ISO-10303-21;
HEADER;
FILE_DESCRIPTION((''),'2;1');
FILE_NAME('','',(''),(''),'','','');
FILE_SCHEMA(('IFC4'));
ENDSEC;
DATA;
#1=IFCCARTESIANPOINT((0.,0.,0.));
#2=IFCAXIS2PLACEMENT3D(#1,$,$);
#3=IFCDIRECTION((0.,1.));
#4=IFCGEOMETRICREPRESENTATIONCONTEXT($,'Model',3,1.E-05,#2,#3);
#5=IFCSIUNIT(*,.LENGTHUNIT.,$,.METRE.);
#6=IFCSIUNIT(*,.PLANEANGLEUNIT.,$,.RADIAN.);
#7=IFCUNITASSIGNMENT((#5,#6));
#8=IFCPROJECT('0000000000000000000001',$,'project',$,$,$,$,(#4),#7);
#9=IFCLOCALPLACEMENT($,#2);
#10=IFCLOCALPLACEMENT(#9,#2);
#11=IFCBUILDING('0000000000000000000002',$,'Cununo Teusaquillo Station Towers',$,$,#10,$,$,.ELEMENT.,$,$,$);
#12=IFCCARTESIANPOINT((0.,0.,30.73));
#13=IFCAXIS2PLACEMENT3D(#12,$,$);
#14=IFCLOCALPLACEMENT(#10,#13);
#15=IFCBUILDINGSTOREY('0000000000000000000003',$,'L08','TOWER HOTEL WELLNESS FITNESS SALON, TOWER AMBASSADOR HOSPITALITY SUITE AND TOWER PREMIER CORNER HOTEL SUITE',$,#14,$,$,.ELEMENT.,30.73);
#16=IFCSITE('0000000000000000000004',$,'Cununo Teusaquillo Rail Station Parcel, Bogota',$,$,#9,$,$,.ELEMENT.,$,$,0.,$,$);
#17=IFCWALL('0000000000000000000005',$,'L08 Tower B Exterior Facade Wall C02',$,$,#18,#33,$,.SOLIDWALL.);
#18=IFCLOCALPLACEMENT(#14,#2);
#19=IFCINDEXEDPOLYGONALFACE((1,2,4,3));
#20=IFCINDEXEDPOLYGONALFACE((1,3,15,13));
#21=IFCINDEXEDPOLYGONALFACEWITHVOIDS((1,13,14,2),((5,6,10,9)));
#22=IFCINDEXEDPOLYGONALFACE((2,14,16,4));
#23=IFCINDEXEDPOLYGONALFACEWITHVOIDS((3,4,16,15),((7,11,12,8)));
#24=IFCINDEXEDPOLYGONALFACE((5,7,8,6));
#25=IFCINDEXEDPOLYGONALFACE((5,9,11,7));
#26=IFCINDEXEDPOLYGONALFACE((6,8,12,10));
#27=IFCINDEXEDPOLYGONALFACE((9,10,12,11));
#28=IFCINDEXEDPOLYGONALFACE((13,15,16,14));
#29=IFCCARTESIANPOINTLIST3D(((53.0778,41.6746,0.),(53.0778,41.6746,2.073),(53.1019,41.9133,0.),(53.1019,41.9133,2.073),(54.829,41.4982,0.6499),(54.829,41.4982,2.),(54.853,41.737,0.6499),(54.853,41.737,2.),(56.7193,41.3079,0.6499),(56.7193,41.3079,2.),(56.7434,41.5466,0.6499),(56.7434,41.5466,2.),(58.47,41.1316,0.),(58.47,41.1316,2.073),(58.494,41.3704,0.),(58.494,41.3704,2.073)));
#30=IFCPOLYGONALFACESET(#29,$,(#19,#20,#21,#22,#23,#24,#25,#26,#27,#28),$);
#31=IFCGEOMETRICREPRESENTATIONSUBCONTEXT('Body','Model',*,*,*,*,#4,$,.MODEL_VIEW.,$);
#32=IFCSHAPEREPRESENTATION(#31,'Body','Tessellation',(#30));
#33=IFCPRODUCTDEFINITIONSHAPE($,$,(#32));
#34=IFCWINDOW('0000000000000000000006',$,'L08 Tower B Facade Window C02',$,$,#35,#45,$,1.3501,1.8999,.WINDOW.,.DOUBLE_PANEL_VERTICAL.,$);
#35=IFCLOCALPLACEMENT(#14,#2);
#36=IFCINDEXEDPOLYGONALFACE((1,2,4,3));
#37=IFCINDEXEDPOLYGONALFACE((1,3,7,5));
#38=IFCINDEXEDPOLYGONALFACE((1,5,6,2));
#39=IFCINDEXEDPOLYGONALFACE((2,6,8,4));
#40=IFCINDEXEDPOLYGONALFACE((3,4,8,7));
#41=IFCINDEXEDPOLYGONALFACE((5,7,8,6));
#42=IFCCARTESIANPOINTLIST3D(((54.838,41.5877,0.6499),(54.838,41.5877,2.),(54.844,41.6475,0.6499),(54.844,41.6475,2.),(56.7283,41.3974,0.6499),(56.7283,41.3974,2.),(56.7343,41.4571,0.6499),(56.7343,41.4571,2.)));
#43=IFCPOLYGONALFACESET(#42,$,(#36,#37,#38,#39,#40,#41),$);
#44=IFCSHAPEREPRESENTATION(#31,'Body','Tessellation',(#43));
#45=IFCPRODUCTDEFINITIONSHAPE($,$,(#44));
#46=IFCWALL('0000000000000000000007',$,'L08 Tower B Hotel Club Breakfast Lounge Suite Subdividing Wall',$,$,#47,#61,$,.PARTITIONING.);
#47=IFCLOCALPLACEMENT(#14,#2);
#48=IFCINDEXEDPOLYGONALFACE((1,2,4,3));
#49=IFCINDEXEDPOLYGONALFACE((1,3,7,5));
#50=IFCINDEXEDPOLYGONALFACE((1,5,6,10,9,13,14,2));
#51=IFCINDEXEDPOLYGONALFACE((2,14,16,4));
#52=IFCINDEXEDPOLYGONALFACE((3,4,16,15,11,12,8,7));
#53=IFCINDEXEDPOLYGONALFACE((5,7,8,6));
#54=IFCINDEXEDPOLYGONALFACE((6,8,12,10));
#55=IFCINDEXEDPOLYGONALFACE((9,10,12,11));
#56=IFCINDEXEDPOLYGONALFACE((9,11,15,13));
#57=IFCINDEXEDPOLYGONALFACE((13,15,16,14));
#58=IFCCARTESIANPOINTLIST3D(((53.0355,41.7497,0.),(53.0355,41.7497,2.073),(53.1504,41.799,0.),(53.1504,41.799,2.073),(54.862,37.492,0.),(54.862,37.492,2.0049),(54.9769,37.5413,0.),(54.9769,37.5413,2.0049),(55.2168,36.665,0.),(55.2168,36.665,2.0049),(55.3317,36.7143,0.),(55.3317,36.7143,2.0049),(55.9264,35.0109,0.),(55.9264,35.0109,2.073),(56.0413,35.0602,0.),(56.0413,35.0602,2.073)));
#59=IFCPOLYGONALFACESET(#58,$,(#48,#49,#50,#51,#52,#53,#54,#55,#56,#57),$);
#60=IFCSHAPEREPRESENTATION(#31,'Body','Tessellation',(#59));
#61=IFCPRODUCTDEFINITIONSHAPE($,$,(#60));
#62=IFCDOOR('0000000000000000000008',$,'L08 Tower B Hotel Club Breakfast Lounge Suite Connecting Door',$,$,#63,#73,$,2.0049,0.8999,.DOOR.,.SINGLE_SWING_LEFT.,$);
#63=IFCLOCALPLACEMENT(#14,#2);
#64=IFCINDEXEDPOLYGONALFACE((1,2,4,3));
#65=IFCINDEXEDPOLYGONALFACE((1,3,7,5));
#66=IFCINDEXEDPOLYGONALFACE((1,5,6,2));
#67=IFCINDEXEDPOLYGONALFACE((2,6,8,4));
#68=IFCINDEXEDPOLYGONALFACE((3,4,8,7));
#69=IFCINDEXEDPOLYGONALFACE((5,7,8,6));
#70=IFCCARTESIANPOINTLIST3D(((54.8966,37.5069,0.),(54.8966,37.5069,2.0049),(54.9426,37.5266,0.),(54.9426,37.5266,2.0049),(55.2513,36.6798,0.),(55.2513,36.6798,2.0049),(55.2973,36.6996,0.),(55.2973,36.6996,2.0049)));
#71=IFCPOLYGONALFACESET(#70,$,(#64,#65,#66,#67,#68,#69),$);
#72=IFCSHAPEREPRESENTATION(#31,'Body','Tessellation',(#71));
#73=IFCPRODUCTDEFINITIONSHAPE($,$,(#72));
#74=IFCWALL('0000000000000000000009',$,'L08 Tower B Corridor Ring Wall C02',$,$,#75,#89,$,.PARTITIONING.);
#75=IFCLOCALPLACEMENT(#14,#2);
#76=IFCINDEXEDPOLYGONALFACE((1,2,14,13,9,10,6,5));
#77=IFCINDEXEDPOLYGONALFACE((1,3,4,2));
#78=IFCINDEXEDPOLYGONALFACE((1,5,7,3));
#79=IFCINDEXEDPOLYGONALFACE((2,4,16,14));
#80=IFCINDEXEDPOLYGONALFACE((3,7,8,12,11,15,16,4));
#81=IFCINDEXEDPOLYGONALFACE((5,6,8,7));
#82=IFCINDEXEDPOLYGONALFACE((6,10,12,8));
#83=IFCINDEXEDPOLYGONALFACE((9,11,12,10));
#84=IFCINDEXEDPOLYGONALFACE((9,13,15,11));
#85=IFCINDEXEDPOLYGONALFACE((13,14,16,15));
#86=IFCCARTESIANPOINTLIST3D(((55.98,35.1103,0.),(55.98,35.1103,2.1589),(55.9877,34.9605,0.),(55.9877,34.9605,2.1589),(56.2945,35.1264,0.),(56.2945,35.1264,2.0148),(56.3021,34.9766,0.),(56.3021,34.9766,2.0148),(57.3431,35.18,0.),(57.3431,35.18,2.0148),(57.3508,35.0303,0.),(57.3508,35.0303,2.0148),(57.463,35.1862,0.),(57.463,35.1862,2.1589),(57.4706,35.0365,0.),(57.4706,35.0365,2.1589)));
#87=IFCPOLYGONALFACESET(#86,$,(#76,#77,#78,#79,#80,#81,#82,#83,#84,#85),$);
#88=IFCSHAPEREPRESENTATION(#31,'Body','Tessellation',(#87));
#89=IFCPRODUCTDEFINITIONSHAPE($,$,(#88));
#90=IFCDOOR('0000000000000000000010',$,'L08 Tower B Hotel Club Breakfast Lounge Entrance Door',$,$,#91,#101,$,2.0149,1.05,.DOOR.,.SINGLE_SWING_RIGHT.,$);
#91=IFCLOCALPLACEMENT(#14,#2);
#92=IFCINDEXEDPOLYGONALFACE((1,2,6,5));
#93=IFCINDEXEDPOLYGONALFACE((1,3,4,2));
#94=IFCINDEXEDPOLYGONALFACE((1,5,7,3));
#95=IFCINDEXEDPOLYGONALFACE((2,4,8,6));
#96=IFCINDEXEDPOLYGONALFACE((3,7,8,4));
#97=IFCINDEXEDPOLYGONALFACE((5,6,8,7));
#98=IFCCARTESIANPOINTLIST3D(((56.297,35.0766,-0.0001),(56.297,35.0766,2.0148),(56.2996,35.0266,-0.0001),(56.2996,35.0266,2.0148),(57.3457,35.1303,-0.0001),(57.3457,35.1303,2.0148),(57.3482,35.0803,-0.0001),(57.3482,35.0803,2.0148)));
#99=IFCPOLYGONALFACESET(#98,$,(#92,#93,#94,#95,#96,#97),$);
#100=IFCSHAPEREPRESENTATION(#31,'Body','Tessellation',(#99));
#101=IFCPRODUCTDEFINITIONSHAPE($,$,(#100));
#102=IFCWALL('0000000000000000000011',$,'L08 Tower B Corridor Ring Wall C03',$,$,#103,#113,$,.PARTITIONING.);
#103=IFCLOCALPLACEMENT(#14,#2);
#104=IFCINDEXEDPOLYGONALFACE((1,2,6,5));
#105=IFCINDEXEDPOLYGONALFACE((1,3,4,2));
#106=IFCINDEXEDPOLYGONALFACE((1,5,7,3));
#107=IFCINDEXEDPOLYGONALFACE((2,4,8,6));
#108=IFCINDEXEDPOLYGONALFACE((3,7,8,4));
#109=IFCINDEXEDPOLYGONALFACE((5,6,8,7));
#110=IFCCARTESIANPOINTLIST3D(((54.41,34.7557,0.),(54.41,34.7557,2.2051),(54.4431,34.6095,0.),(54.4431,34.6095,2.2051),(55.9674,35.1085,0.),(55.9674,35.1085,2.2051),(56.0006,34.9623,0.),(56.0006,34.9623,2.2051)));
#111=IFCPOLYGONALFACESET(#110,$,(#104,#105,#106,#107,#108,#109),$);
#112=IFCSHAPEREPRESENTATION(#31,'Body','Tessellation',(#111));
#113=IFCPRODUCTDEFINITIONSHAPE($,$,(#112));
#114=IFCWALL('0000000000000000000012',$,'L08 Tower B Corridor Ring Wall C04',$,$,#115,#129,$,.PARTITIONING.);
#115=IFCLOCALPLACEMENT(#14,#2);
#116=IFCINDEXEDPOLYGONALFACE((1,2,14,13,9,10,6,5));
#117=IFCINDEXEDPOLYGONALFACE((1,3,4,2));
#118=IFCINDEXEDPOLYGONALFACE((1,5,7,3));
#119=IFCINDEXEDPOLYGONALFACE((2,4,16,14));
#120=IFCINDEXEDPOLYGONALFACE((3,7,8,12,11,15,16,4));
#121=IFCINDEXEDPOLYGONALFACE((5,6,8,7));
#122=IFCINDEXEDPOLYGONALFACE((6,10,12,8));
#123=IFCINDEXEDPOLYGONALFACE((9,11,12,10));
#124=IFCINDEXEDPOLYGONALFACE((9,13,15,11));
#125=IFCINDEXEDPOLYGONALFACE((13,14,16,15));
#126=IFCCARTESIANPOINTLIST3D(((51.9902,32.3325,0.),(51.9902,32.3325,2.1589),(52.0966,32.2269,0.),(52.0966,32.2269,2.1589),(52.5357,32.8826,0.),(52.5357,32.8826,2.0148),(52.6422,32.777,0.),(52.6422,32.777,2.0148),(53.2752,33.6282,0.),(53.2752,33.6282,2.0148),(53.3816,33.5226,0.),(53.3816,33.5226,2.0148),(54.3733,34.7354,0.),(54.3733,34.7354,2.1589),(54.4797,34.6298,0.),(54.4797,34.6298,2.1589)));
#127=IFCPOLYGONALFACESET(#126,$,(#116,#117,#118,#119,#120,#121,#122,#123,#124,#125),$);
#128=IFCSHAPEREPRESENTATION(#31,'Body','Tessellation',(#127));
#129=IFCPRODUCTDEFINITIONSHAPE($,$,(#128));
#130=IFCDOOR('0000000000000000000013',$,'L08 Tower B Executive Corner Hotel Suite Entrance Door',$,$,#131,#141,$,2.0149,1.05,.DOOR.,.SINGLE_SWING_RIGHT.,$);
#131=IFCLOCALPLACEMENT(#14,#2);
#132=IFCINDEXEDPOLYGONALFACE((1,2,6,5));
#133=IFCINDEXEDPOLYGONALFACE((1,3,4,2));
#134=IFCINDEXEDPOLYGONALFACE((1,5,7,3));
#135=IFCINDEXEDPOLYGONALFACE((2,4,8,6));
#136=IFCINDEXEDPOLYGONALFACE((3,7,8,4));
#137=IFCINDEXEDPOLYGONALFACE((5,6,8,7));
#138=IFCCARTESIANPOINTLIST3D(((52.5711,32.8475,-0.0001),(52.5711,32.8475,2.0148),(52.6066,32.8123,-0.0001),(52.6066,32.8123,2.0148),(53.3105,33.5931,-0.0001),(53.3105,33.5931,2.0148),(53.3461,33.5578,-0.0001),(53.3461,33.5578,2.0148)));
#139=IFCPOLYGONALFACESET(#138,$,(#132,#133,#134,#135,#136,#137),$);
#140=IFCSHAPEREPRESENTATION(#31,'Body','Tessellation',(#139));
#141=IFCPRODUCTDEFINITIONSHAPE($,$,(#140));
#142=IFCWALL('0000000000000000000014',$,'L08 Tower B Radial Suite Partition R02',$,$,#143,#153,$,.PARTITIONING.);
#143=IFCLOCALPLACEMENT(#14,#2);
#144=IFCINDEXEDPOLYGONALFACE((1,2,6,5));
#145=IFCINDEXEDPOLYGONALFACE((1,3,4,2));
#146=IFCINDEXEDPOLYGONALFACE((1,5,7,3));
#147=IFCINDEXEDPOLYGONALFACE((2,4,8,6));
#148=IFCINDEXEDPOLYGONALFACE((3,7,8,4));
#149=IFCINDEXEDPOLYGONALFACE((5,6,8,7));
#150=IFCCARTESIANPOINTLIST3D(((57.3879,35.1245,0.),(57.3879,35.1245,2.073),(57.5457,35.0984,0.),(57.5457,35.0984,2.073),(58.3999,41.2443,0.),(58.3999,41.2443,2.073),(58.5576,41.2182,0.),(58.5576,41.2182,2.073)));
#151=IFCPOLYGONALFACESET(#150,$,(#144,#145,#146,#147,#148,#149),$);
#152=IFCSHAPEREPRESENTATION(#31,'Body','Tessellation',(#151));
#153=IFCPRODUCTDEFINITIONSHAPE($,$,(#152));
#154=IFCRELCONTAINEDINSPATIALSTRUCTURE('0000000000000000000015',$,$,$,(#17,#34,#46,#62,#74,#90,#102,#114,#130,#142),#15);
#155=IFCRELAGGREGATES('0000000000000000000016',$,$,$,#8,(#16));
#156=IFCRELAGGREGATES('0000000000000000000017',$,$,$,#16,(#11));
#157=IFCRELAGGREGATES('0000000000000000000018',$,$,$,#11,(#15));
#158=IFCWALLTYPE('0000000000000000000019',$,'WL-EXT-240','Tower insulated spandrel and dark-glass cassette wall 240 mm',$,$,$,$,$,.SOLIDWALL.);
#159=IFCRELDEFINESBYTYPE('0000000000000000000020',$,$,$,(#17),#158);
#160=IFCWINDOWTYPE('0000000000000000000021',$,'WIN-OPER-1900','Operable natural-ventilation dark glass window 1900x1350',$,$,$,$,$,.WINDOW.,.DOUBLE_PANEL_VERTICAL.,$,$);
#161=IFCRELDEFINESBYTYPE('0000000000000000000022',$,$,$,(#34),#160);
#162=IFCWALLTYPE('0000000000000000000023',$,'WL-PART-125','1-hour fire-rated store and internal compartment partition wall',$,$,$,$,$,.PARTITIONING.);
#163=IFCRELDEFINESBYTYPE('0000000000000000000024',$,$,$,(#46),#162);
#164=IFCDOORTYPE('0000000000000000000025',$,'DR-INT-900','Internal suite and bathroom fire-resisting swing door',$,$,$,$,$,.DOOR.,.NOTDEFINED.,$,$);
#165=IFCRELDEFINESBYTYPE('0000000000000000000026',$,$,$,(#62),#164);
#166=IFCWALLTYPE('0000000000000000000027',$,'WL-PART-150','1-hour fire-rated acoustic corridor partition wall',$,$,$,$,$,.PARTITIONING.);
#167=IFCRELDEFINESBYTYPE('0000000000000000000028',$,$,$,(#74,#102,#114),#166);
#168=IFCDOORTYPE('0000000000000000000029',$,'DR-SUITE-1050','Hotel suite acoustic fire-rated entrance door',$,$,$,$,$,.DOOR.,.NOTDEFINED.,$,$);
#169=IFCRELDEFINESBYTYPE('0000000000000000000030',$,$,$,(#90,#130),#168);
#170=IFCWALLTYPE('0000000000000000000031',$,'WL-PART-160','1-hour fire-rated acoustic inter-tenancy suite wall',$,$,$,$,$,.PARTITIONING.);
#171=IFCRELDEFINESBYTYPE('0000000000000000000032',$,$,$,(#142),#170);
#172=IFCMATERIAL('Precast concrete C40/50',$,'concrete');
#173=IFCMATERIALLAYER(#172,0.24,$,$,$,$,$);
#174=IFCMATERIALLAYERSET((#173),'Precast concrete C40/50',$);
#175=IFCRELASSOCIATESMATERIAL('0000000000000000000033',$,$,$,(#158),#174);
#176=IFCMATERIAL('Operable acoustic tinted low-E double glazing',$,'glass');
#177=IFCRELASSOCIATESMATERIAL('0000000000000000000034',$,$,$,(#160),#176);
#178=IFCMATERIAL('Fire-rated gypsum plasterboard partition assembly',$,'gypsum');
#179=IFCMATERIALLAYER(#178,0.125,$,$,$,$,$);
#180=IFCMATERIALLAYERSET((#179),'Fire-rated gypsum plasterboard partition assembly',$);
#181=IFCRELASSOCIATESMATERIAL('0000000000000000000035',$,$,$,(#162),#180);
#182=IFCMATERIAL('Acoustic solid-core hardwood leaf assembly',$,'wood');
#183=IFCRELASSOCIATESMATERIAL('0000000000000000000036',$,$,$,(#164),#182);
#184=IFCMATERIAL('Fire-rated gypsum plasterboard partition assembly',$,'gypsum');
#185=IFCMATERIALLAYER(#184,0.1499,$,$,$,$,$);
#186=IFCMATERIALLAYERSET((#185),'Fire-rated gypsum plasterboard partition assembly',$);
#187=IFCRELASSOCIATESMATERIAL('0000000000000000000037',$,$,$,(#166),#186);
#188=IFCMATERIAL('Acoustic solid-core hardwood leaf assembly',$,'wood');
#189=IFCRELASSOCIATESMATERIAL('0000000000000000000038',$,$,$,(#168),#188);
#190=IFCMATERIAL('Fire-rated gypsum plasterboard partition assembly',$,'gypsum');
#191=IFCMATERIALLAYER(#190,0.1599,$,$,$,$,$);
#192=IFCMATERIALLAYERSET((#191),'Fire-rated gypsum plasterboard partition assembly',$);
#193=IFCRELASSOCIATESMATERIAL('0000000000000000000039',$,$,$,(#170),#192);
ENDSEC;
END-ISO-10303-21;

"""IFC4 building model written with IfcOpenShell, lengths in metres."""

from ifc_helpers import new_model, si_unit, direction, frame, frame_2d, origin, place, context, subcontext, project, spatial, rectangle, extrude, source, transform, mapped, material, layer, layer_set, type_object, element, fill, save


model = new_model("IFC4")

# Units and contexts
model_context = context("Model", 3, precision=1e-05, world=origin(), true_north=direction((0.0, 1.0)))
body_context = subcontext(model_context, "Body", "Model", "MODEL_VIEW")
ifc_project = project(units=[si_unit("LENGTHUNIT", "METRE"), si_unit("PLANEANGLEUNIT", "RADIAN")], contexts=[model_context])

# Site, building, storey
site_placement = place(None, origin())
site = spatial("IfcSite", under=ifc_project, at=site_placement, Name="Cununo Teusaquillo Rail Station Parcel, Bogota", CompositionType="ELEMENT", RefElevation=0.0)
building_placement = place(site_placement, origin())
building = spatial("IfcBuilding", under=site, at=building_placement, Name="Cununo Teusaquillo Station Towers", CompositionType="ELEMENT")
storey_placement = place(building_placement, frame((0.0, 0.0, 30.73)))
storey = spatial("IfcBuildingStorey", under=building, at=storey_placement, Name="L08", Description="TOWER HOTEL WELLNESS FITNESS SALON, TOWER AMBASSADOR HOSPITALITY SUITE AND TOWER PREMIER CORNER HOTEL SUITE", CompositionType="ELEMENT", Elevation=30.73)

# Shared definitions
ifc_material_1 = material(Name="Precast concrete C40/50", Category="concrete")
ifc_layer_1 = layer(ifc_material_1, 0.24)
ifc_layer_set_1 = layer_set([ifc_layer_1], Name="Precast concrete C40/50")
wall_type_1 = type_object("IfcWallType", Name="WL-EXT-240", Description="Tower insulated spandrel and dark-glass cassette wall 240 mm", PredefinedType="SOLIDWALL", material=ifc_layer_set_1)

# Wall, opening, window
wall_1_placement = place(storey_placement, frame((53.0898, 41.7939, 0.0), z_axis=(0.0, 0.0, 1.0), x_axis=(0.994968, -0.100191, 0.0)))
wall_1 = element("IfcWall", 1, at=wall_1_placement, inside=storey, type_object=wall_type_1, Name="L08 Tower B Exterior Facade Wall C02", PredefinedType="SOLIDWALL", context=body_context, shape_type="SweptSolid", body=[
    extrude(rectangle(XDim=5.4194, YDim=0.24, at=frame_2d((2.7097, 0.0))), origin(), (0.0, 0.0, 1.0), 2.073),
])
shared_shape_1 = source(origin(), body_context, "Body", "SweptSolid", [
    extrude(rectangle(XDim=1.8999, YDim=1.3501, at=frame_2d((0.95, 0.675))), frame((0.0, 0.1299, 0.0), z_axis=(0.0, -1.0, 0.0), x_axis=(1.0, 0.0, 0.0)), (0.0, 0.0, 1.0), 0.26),
])
opening_1_placement = place(wall_1_placement, frame((1.76, 0.0, 0.6499)))
opening_1 = element("IfcOpeningElement", 2, at=opening_1_placement, cuts=wall_1, PredefinedType="OPENING", context=body_context, shape_type="MappedRepresentation", body=[
    mapped(shared_shape_1, transform((0.0, 0.0, 0.0), x_axis=(1.0, 0.0, 0.0), y_axis=(0.0, 1.0, 0.0), z_axis=(0.0, 0.0, 1.0), scale=1.0)),
])
ifc_material_2 = material(Name="Operable acoustic tinted low-E double glazing", Category="glass")
window_type = type_object("IfcWindowType", Name="WIN-OPER-1900", Description="Operable natural-ventilation dark glass window 1900x1350", PartitioningType="DOUBLE_PANEL_VERTICAL", PredefinedType="WINDOW", material=ifc_material_2)
shared_shape_2 = source(origin(), body_context, "Body", "SweptSolid", [
    extrude(rectangle(XDim=1.8999, YDim=1.3501, at=frame_2d((0.95, 0.675))), frame((0.0, 0.03, 0.0), z_axis=(0.0, -1.0, 0.0), x_axis=(1.0, 0.0, 0.0)), (0.0, 0.0, 1.0), 0.0601),
])
window_placement = place(opening_1_placement, origin())
window = element("IfcWindow", 3, at=window_placement, inside=storey, type_object=window_type, Name="L08 Tower B Facade Window C02", OverallHeight=1.3501, OverallWidth=1.8999, PartitioningType="DOUBLE_PANEL_VERTICAL", PredefinedType="WINDOW", context=body_context, shape_type="MappedRepresentation", body=[
    mapped(shared_shape_2, transform((0.0, 0.0, 0.0), x_axis=(1.0, 0.0, 0.0), y_axis=(0.0, 1.0, 0.0), z_axis=(0.0, 0.0, 1.0), scale=1.0)),
])
fill(opening_1, window)

# Walls, openings, doors
ifc_material_3 = material(Name="Fire-rated gypsum plasterboard partition assembly", Category="gypsum")
ifc_layer_2 = layer(ifc_material_3, 0.125)
ifc_layer_set_2 = layer_set([ifc_layer_2], Name="Fire-rated gypsum plasterboard partition assembly")
wall_type_2 = type_object("IfcWallType", Name="WL-PART-125", Description="1-hour fire-rated store and internal compartment partition wall", PredefinedType="PARTITIONING", material=ifc_layer_set_2)
wall_2_placement = place(storey_placement, frame((55.9839, 35.0354, 0.0), z_axis=(0.0, 0.0, 1.0), x_axis=(-0.394245, 0.919005, 0.0)))
wall_2 = element("IfcWall", 4, at=wall_2_placement, inside=storey, type_object=wall_type_2, Name="L08 Tower B Hotel Club Breakfast Lounge Suite Subdividing Wall", PredefinedType="PARTITIONING", context=body_context, shape_type="SweptSolid", body=[
    extrude(rectangle(XDim=7.3328, YDim=0.125, at=frame_2d((3.6665, 0.0))), origin(), (0.0, 0.0, 1.0), 2.073),
])
shared_shape_3 = source(origin(), body_context, "Body", "SweptSolid", [
    extrude(rectangle(XDim=0.8999, YDim=2.0049, at=frame_2d((0.45, 1.0024))), frame((0.0, 0.0725, 0.0), z_axis=(0.0, -1.0, 0.0), x_axis=(1.0, 0.0, 0.0)), (0.0, 0.0, 1.0), 0.145),
])
opening_2_placement = place(wall_2_placement, frame((1.8, 0.0, 0.0)))
opening_2 = element("IfcOpeningElement", 5, at=opening_2_placement, cuts=wall_2, PredefinedType="OPENING", context=body_context, shape_type="MappedRepresentation", body=[
    mapped(shared_shape_3, transform((0.0, 0.0, 0.0), x_axis=(1.0, 0.0, 0.0), y_axis=(0.0, 1.0, 0.0), z_axis=(0.0, 0.0, 1.0), scale=1.0)),
])
ifc_material_4 = material(Name="Acoustic solid-core hardwood leaf assembly", Category="wood")
door_type_1 = type_object("IfcDoorType", Name="DR-INT-900", Description="Internal suite and bathroom fire-resisting swing door", OperationType="NOTDEFINED", PredefinedType="DOOR", material=ifc_material_4)
shared_shape_4 = source(origin(), body_context, "Body", "SweptSolid", [
    extrude(rectangle(XDim=0.8999, YDim=2.0049, at=frame_2d((0.45, 1.0024))), frame((0.0, 0.0249, 0.0), z_axis=(0.0, -1.0, 0.0), x_axis=(1.0, 0.0, 0.0)), (0.0, 0.0, 1.0), 0.05),
])
door_1_placement = place(opening_2_placement, origin())
door_1 = element("IfcDoor", 6, at=door_1_placement, inside=storey, type_object=door_type_1, Name="L08 Tower B Hotel Club Breakfast Lounge Suite Connecting Door", OperationType="SINGLE_SWING_LEFT", OverallHeight=2.0049, OverallWidth=0.8999, PredefinedType="DOOR", context=body_context, shape_type="MappedRepresentation", body=[
    mapped(shared_shape_4, transform((0.0, 0.0, 0.0), x_axis=(1.0, 0.0, 0.0), y_axis=(0.0, 1.0, 0.0), z_axis=(0.0, 0.0, 1.0), scale=1.0)),
])
fill(opening_2, door_1)
ifc_material_5 = material(Name="Fire-rated gypsum plasterboard partition assembly", Category="gypsum")
ifc_layer_3 = layer(ifc_material_5, 0.1499)
ifc_layer_set_3 = layer_set([ifc_layer_3], Name="Fire-rated gypsum plasterboard partition assembly")
wall_type_3 = type_object("IfcWallType", Name="WL-PART-150", Description="1-hour fire-rated acoustic corridor partition wall", PredefinedType="PARTITIONING", material=ifc_layer_set_3)
wall_3_placement = place(storey_placement, frame((57.4668, 35.1113, 0.0), z_axis=(0.0, 0.0, 1.0), x_axis=(-0.998692, -0.051135, 0.0)))
wall_3 = element("IfcWall", 7, at=wall_3_placement, inside=storey, type_object=wall_type_3, Name="L08 Tower B Corridor Ring Wall C02", PredefinedType="PARTITIONING", context=body_context, shape_type="SweptSolid", body=[
    extrude(rectangle(XDim=1.4849, YDim=0.1499, at=frame_2d((0.7424, 0.0))), origin(), (0.0, 0.0, 1.0), 2.1589),
])
shared_shape_5 = source(origin(), body_context, "Body", "SweptSolid", [
    extrude(rectangle(XDim=1.05, YDim=2.0149, at=frame_2d((0.5249, 1.0073))), frame((0.0, 0.085, 0.0), z_axis=(0.0, -1.0, 0.0), x_axis=(1.0, 0.0, 0.0)), (0.0, 0.0, 1.0), 0.1699),
])
opening_3_placement = place(wall_3_placement, frame((0.1201, 0.0, 0.0)))
opening_3 = element("IfcOpeningElement", 8, at=opening_3_placement, cuts=wall_3, PredefinedType="OPENING", context=body_context, shape_type="MappedRepresentation", body=[
    mapped(shared_shape_5, transform((0.0, 0.0, 0.0), x_axis=(1.0, 0.0, 0.0), y_axis=(0.0, 1.0, 0.0), z_axis=(0.0, 0.0, 1.0), scale=1.0)),
])
ifc_material_6 = material(Name="Acoustic solid-core hardwood leaf assembly", Category="wood")
door_type_2 = type_object("IfcDoorType", Name="DR-SUITE-1050", Description="Hotel suite acoustic fire-rated entrance door", OperationType="NOTDEFINED", PredefinedType="DOOR", material=ifc_material_6)
shared_shape_6 = source(origin(), body_context, "Body", "SweptSolid", [
    extrude(rectangle(XDim=1.05, YDim=2.0149, at=frame_2d((0.5249, 1.0073))), frame((0.0, 0.0249, 0.0), z_axis=(0.0, -1.0, 0.0), x_axis=(1.0, 0.0, 0.0)), (0.0, 0.0, 1.0), 0.05),
])
door_2_placement = place(opening_3_placement, origin())
door_2 = element("IfcDoor", 9, at=door_2_placement, inside=storey, type_object=door_type_2, Name="L08 Tower B Hotel Club Breakfast Lounge Entrance Door", OperationType="SINGLE_SWING_RIGHT", OverallHeight=2.0149, OverallWidth=1.05, PredefinedType="DOOR", context=body_context, shape_type="MappedRepresentation", body=[
    mapped(shared_shape_6, transform((0.0, 0.0, 0.0), x_axis=(1.0, 0.0, 0.0), y_axis=(0.0, 1.0, 0.0), z_axis=(0.0, 0.0, 1.0), scale=1.0)),
])
fill(opening_3, door_2)

# Wall
wall_4_placement = place(storey_placement, frame((55.9839, 35.0354, 0.0), z_axis=(0.0, 0.0, 1.0), x_axis=(-0.97529, -0.220927, 0.0)))
element("IfcWall", 10, at=wall_4_placement, inside=storey, type_object=wall_type_3, Name="L08 Tower B Corridor Ring Wall C03", PredefinedType="PARTITIONING", context=body_context, shape_type="SweptSolid", body=[
    extrude(rectangle(XDim=1.5969, YDim=0.1499, at=frame_2d((0.7983, 0.0))), origin(), (0.0, 0.0, 1.0), 2.2051),
])

# Wall, opening, door
wall_5_placement = place(storey_placement, frame((54.4265, 34.6826, 0.0), z_axis=(0.0, 0.0, 1.0), x_axis=(-0.704179, -0.710022, 0.0)))
wall_5 = element("IfcWall", 11, at=wall_5_placement, inside=storey, type_object=wall_type_3, Name="L08 Tower B Corridor Ring Wall C04", PredefinedType="PARTITIONING", context=body_context, shape_type="SweptSolid", body=[
    extrude(rectangle(XDim=3.3843, YDim=0.1499, at=frame_2d((1.6921, 0.0))), origin(), (0.0, 0.0, 1.0), 2.1589),
])
opening_4_placement = place(wall_5_placement, frame((1.5596, 0.0, 0.0)))
opening_4 = element("IfcOpeningElement", 12, at=opening_4_placement, cuts=wall_5, PredefinedType="OPENING", context=body_context, shape_type="MappedRepresentation", body=[
    mapped(shared_shape_5, transform((0.0, 0.0, 0.0), x_axis=(1.0, 0.0, 0.0), y_axis=(0.0, 1.0, 0.0), z_axis=(0.0, 0.0, 1.0), scale=1.0)),
])
door_3_placement = place(opening_4_placement, origin())
door_3 = element("IfcDoor", 13, at=door_3_placement, inside=storey, type_object=door_type_2, Name="L08 Tower B Executive Corner Hotel Suite Entrance Door", OperationType="SINGLE_SWING_RIGHT", OverallHeight=2.0149, OverallWidth=1.05, PredefinedType="DOOR", context=body_context, shape_type="MappedRepresentation", body=[
    mapped(shared_shape_6, transform((0.0, 0.0, 0.0), x_axis=(1.0, 0.0, 0.0), y_axis=(0.0, 1.0, 0.0), z_axis=(0.0, 0.0, 1.0), scale=1.0)),
])
fill(opening_4, door_3)

# Wall
ifc_material_7 = material(Name="Fire-rated gypsum plasterboard partition assembly", Category="gypsum")
ifc_layer_4 = layer(ifc_material_7, 0.1599)
ifc_layer_set_4 = layer_set([ifc_layer_4], Name="Fire-rated gypsum plasterboard partition assembly")
wall_type_4 = type_object("IfcWallType", Name="WL-PART-160", Description="1-hour fire-rated acoustic inter-tenancy suite wall", PredefinedType="PARTITIONING", material=ifc_layer_set_4)
wall_6_placement = place(storey_placement, frame((57.4668, 35.1113, 0.0), z_axis=(0.0, 0.0, 1.0), x_axis=(0.163142, 0.986603, 0.0)))
element("IfcWall", 14, at=wall_6_placement, inside=storey, type_object=wall_type_4, Name="L08 Tower B Radial Suite Partition R02", PredefinedType="PARTITIONING", context=body_context, shape_type="SweptSolid", body=[
    extrude(rectangle(XDim=6.2029, YDim=0.1599, at=frame_2d((3.1016, 0.0))), origin(), (0.0, 0.0, 1.0), 2.073),
])

save(model, "model.ifc")
